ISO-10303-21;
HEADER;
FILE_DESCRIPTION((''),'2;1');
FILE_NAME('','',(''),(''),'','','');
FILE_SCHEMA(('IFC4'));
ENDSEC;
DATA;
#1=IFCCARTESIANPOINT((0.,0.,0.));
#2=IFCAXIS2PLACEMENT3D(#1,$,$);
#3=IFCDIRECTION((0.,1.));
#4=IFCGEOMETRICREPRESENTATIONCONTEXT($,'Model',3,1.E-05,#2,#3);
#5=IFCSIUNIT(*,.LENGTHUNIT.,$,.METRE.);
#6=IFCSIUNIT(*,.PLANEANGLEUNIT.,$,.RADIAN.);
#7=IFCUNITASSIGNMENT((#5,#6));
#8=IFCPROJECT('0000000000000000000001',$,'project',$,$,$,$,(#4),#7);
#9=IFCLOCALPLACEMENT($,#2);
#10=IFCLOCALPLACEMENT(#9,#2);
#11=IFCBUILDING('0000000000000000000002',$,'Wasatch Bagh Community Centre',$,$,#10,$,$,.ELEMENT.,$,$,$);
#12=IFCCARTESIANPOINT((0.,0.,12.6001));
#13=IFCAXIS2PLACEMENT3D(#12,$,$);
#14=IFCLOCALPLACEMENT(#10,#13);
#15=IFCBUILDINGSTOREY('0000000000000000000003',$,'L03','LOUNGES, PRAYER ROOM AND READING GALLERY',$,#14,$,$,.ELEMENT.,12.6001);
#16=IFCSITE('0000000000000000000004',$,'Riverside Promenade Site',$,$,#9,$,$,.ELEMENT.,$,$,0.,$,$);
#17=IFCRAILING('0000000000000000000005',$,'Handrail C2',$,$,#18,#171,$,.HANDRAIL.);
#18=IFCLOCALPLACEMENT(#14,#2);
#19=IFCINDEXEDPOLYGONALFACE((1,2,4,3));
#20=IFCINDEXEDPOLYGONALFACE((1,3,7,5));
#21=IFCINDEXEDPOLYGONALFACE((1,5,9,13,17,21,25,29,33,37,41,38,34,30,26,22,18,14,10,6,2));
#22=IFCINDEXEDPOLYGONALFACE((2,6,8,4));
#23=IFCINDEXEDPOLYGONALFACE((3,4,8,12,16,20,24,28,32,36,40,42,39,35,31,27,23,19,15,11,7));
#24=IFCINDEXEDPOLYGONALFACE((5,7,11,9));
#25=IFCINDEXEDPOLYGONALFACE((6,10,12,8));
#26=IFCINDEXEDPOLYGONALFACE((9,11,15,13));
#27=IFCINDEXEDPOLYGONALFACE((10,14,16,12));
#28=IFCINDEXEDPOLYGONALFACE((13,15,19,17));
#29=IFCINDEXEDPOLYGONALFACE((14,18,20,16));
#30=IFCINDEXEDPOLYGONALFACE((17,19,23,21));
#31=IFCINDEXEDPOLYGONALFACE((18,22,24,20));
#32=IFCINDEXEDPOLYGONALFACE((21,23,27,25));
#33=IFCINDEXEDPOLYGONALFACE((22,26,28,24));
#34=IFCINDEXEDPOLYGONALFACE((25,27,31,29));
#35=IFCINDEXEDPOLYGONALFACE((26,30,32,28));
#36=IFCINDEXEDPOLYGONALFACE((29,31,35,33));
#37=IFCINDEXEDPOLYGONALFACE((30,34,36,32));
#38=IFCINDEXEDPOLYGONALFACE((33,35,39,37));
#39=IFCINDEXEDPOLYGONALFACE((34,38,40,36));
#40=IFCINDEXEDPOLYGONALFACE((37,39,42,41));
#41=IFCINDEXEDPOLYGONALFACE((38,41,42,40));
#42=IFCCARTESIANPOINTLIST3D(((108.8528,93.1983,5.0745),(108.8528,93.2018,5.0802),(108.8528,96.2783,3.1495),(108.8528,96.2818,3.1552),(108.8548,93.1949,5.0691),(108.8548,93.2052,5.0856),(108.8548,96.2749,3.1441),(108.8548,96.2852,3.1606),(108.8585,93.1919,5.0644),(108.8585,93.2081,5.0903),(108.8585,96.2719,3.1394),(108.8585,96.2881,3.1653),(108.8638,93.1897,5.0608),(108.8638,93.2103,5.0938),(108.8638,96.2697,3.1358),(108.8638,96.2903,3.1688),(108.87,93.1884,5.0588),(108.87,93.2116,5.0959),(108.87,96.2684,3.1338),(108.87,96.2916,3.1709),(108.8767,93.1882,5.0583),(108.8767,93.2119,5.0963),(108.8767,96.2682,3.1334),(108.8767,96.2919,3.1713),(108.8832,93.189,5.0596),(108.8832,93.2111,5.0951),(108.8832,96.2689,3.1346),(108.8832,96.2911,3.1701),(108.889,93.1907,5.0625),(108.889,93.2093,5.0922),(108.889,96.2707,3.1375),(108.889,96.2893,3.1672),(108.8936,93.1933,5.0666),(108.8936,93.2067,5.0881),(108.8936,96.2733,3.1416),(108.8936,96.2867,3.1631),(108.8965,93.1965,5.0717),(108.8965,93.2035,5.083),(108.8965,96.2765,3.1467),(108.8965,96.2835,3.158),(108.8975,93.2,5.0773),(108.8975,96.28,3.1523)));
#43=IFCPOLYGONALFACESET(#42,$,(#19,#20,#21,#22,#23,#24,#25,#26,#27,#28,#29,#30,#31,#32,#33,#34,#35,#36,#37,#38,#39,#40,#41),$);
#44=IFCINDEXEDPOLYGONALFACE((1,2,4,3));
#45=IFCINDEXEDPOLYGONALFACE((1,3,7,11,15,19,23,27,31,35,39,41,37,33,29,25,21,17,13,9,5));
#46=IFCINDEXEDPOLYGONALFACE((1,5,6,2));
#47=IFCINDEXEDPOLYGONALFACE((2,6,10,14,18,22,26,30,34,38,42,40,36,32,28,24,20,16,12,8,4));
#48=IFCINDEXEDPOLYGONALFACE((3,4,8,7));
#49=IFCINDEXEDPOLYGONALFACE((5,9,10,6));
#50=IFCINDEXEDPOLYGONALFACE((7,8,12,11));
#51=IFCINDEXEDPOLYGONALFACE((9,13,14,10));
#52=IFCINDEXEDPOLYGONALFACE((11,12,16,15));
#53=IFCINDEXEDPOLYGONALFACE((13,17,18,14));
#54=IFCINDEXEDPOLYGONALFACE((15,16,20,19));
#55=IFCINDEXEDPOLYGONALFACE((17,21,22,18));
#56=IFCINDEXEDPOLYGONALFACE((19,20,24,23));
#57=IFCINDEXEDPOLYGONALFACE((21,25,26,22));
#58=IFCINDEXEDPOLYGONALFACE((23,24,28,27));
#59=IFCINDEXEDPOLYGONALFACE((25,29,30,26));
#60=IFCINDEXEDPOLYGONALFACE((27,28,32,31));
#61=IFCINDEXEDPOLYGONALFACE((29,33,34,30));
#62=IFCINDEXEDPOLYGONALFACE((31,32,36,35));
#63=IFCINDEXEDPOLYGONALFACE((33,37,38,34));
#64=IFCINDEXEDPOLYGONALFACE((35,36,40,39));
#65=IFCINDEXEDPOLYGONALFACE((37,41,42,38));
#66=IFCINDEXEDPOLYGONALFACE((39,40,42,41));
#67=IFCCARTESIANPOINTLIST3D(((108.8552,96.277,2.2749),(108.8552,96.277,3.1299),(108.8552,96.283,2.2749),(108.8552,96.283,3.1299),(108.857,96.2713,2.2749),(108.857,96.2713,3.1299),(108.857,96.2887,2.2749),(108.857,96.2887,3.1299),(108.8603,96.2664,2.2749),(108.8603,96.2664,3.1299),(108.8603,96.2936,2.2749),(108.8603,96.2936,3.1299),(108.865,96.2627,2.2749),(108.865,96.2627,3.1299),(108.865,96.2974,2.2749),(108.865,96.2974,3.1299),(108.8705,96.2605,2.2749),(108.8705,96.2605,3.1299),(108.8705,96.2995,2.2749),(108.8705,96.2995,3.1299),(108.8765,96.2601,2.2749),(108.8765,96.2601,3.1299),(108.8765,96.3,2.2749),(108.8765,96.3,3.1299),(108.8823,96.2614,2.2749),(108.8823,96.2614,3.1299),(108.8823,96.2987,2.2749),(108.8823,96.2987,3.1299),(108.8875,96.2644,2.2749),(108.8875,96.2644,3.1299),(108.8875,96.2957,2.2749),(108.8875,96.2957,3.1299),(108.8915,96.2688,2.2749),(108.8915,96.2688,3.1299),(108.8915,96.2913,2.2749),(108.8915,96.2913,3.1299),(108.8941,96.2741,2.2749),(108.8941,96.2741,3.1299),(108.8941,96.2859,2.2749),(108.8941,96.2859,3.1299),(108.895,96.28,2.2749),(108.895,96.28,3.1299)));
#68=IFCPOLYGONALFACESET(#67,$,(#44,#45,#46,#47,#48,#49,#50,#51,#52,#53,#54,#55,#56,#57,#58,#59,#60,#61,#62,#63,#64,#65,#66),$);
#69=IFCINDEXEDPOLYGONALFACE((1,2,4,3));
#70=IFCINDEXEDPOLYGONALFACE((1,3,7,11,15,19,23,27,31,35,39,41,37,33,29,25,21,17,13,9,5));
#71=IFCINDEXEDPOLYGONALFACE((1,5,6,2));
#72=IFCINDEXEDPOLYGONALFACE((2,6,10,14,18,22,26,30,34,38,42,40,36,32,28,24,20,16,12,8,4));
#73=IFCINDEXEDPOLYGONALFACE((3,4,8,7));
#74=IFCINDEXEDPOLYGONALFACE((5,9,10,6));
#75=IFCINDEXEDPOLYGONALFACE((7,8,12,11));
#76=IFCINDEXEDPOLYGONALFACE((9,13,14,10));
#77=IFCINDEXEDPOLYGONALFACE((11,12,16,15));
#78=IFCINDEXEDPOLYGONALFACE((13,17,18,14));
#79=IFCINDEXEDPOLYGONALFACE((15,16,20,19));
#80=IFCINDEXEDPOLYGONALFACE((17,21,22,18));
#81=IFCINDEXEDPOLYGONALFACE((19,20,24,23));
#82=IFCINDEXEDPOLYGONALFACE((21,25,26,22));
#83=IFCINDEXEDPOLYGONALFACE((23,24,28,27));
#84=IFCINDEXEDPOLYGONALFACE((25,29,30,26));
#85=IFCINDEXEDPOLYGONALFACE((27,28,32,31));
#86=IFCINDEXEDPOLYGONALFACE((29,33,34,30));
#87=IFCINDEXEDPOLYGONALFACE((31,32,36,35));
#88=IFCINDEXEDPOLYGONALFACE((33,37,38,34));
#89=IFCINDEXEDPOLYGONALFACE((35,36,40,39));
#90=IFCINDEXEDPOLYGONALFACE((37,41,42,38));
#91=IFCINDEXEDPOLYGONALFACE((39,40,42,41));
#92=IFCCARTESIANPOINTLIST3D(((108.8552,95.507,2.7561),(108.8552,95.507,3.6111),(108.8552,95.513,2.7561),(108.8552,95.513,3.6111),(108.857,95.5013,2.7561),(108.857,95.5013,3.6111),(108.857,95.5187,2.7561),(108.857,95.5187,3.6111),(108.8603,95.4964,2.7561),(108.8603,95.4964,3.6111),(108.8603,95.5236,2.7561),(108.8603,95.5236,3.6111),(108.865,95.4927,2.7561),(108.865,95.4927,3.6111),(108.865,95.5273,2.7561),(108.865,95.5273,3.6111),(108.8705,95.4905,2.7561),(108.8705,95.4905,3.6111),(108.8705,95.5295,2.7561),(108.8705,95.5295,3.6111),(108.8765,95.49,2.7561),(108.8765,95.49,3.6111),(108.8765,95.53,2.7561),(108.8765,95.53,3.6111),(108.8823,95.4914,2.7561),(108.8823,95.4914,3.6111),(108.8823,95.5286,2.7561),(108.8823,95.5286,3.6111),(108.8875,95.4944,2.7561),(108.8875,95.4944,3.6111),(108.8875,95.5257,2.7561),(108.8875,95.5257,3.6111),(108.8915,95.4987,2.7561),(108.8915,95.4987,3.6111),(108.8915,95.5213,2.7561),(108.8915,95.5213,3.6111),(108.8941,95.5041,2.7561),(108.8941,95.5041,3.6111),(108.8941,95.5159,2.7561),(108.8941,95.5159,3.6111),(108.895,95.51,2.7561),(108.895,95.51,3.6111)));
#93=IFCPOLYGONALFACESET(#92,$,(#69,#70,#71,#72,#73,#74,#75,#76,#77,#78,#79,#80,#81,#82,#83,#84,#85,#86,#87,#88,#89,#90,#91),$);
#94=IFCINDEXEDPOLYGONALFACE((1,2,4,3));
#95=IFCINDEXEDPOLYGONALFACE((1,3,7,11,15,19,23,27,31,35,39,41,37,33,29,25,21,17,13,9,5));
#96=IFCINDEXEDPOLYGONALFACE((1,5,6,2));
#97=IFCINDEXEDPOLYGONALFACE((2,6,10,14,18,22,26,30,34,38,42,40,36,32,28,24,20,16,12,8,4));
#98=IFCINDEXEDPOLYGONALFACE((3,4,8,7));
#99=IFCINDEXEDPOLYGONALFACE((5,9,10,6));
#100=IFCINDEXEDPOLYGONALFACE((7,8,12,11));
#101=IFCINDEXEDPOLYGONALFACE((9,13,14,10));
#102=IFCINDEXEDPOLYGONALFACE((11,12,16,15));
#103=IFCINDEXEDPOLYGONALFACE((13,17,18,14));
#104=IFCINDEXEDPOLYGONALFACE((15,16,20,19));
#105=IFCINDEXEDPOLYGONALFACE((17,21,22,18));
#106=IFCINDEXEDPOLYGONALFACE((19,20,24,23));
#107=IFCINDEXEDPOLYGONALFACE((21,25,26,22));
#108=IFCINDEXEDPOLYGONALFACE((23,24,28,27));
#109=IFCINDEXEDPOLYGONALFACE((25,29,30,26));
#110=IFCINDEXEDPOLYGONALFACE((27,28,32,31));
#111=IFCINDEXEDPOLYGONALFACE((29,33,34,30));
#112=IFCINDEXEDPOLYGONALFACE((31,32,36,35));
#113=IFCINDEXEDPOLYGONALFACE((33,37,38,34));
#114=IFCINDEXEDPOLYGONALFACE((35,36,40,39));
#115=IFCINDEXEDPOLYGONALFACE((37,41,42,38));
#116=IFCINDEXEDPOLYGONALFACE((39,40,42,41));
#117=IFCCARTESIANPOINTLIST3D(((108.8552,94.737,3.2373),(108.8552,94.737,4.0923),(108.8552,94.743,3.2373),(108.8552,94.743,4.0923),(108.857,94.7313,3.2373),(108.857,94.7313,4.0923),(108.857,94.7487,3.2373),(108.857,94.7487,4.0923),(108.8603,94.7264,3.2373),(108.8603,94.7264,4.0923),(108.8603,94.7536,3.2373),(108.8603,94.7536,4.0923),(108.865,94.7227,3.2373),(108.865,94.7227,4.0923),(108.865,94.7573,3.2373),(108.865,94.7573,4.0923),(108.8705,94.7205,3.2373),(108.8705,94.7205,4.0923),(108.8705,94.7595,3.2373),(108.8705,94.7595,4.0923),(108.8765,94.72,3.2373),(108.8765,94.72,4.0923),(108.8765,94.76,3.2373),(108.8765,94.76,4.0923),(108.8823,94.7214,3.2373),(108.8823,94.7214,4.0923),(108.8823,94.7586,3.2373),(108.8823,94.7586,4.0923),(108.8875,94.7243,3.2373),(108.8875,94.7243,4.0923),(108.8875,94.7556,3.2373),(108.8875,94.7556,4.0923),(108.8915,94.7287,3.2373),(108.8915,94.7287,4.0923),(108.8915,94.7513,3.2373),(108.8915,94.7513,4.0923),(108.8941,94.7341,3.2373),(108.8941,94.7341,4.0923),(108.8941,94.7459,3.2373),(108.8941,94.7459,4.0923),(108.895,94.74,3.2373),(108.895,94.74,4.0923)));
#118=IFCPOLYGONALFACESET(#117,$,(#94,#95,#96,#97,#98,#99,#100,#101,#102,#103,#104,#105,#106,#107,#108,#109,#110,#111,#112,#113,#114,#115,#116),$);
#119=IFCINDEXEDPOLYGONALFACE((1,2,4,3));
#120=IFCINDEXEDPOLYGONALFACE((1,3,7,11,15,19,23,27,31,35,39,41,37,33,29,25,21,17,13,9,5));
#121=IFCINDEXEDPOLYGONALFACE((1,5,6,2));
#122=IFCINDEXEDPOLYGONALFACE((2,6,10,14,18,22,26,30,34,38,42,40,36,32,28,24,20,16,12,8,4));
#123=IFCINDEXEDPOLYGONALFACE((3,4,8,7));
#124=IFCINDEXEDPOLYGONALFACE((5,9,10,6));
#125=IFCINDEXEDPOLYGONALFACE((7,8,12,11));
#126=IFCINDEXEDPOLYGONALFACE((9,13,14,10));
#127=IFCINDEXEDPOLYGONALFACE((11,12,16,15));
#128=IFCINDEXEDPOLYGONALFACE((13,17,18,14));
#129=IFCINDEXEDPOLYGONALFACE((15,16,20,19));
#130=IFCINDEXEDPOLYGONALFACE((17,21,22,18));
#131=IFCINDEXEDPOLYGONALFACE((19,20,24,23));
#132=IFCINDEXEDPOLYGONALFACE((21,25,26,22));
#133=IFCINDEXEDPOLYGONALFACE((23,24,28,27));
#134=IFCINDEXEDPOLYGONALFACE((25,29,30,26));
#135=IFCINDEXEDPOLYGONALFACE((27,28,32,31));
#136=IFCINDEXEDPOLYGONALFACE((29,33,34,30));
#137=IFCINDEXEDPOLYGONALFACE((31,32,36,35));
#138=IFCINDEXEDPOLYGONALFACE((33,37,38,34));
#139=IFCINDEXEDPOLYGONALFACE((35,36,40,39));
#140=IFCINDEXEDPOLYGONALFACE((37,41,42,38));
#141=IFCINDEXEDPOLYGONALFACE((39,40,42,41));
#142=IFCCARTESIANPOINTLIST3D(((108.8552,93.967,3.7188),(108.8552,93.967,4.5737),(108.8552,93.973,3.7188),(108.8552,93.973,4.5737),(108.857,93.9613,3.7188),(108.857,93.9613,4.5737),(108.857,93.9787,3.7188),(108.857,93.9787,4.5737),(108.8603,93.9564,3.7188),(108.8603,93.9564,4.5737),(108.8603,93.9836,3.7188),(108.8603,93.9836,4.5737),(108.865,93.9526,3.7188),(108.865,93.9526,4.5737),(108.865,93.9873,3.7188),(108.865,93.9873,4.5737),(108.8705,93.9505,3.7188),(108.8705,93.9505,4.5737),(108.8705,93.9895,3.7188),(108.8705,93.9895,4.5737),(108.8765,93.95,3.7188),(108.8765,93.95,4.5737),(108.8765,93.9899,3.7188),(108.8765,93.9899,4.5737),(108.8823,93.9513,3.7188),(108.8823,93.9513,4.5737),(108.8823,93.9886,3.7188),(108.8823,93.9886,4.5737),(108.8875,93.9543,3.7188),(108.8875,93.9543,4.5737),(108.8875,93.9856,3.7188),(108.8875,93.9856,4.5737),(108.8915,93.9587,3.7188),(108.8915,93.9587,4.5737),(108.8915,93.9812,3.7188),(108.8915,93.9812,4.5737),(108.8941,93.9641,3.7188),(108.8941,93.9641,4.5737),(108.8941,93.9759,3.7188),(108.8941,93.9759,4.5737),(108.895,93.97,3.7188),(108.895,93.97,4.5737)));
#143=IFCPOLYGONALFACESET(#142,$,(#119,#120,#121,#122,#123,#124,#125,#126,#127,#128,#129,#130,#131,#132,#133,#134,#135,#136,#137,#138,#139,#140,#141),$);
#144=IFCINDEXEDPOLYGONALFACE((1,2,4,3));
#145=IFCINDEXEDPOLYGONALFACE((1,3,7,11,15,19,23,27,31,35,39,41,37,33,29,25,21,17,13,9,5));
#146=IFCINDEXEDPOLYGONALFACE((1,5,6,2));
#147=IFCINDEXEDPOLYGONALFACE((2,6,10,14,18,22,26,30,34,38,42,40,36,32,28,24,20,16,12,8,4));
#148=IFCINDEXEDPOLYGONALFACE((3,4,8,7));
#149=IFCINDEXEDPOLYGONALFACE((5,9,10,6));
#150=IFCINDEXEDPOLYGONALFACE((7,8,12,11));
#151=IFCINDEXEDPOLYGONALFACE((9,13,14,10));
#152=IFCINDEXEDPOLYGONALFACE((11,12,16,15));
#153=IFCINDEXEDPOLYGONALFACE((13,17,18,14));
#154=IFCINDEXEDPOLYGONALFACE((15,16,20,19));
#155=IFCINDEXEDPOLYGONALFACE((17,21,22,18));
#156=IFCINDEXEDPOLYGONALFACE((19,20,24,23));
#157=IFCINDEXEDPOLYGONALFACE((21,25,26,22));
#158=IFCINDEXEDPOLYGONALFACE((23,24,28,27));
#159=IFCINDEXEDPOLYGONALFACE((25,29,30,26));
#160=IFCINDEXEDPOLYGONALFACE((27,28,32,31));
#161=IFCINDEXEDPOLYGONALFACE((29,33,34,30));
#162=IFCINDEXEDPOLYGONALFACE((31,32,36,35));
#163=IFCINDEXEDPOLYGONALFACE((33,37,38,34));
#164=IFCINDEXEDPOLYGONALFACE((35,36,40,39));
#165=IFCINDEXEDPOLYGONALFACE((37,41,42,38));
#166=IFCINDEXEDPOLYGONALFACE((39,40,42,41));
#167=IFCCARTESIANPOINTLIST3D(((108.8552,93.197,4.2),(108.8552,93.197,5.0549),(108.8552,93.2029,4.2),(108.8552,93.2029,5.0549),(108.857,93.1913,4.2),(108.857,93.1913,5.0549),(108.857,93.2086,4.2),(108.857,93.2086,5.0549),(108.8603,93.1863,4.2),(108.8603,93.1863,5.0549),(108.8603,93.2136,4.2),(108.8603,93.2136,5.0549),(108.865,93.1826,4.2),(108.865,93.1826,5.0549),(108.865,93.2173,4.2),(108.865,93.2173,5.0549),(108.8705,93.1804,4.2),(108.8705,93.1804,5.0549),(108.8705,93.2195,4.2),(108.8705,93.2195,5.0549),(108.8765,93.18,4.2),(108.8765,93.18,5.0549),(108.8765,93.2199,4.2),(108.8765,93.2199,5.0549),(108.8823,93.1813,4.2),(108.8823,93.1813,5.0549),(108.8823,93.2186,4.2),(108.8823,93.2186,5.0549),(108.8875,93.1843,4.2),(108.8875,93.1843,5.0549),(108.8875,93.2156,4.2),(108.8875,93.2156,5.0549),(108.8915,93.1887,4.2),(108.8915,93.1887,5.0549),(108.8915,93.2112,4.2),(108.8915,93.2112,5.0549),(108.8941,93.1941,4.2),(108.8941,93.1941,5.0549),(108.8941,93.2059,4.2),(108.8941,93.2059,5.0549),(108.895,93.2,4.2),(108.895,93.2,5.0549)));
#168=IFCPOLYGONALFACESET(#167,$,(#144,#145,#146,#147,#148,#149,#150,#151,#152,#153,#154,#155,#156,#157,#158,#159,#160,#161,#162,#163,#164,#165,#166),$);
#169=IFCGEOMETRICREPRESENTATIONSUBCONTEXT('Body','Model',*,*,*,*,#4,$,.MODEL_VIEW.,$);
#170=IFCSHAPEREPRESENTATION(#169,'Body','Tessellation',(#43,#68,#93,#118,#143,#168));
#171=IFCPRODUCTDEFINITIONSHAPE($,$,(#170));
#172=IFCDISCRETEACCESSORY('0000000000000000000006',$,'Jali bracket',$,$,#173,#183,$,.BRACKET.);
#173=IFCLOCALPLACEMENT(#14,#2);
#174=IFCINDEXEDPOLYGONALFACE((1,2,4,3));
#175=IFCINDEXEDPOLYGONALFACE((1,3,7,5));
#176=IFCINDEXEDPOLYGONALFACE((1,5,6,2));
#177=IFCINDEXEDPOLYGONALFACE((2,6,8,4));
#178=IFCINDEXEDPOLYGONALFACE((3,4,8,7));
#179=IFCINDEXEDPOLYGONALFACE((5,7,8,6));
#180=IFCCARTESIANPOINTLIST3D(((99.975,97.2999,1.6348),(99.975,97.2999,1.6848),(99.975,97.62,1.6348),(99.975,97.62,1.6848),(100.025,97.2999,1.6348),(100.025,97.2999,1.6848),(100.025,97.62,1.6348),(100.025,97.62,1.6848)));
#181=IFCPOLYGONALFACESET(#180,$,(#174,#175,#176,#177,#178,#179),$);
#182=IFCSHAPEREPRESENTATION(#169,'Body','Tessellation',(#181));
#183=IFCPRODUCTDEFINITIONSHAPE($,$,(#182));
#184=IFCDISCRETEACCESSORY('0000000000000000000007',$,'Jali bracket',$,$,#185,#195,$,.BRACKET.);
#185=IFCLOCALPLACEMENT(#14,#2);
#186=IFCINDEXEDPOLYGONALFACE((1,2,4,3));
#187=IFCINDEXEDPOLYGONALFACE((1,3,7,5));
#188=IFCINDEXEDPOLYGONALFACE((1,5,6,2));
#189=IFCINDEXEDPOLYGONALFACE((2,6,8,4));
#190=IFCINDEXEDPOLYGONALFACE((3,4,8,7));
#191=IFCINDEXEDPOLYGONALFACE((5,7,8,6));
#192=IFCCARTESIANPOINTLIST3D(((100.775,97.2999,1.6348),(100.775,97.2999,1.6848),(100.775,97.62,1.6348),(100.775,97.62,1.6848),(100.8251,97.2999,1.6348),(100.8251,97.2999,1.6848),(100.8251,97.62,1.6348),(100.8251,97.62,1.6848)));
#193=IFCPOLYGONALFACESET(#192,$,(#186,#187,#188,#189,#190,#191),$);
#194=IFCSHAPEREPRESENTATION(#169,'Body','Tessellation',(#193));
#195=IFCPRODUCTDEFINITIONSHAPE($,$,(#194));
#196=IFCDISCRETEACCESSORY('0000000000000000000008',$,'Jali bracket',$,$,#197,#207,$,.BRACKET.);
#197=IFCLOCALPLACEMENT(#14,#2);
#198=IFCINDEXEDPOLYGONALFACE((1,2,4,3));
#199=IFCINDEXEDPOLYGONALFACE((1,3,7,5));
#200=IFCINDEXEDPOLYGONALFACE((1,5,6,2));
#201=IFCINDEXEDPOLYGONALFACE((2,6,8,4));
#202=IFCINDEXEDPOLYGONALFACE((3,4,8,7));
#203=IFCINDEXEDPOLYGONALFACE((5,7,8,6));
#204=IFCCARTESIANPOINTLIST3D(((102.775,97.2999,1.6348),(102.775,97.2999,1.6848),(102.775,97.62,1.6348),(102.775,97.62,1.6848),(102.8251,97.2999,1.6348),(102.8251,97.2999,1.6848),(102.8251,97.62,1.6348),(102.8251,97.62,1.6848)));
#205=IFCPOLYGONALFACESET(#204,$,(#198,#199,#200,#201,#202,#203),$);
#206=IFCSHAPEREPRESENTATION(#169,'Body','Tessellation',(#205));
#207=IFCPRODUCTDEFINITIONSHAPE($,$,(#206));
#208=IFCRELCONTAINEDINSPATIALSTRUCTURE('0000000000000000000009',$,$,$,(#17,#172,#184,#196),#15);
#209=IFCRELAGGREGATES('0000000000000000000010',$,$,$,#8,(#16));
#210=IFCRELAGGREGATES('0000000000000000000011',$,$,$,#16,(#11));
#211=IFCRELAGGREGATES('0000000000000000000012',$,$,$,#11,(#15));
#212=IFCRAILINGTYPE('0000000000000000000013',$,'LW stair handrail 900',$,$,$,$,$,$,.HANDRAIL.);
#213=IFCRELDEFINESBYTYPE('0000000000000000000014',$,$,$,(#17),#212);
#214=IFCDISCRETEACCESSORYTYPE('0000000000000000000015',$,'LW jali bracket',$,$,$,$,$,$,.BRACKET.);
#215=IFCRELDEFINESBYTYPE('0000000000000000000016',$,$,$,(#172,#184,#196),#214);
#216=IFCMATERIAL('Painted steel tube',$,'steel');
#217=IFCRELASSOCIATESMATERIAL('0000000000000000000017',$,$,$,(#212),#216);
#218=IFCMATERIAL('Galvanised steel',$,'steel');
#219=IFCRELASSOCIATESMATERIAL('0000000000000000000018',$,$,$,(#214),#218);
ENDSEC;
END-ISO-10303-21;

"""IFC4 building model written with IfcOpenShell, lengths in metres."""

from ifc_helpers import new_model, si_unit, direction, frame, origin, origin_2d, place, context, subcontext, project, spatial, rectangle, circle, extrude, material, type_object, element, save


model = new_model("IFC4")

# Units and contexts
model_context = context("Model", 3, precision=1e-05, world=origin(), true_north=direction((0.0, 1.0)))
body_context = subcontext(model_context, "Body", "Model", "MODEL_VIEW")
ifc_project = project(units=[si_unit("LENGTHUNIT", "METRE"), si_unit("PLANEANGLEUNIT", "RADIAN")], contexts=[model_context])

# Site, building, storey
site_placement = place(None, origin())
site = spatial("IfcSite", under=ifc_project, at=site_placement, Name="Riverside Promenade Site", CompositionType="ELEMENT", RefElevation=0.0)
building_placement = place(site_placement, origin())
building = spatial("IfcBuilding", under=site, at=building_placement, Name="Wasatch Bagh Community Centre", CompositionType="ELEMENT")
storey_placement = place(building_placement, frame((0.0, 0.0, 12.6001)))
storey = spatial("IfcBuildingStorey", under=building, at=storey_placement, Name="L03", Description="LOUNGES, PRAYER ROOM AND READING GALLERY", CompositionType="ELEMENT", Elevation=12.6001)

# Railing
ifc_material_1 = material(Name="Painted steel tube", Category="steel")
railing_type_1 = type_object("IfcRailingType", Name="LW stair handrail 900", PredefinedType="HANDRAIL", material=ifc_material_1)
for number, where, name in (
    (1, (108.875, 96.28, 2.2749), "Handrail C2"),
):
    element("IfcRailing", number, at=place(storey_placement, frame(where)), inside=storey, type_object=railing_type_1, Name=name, PredefinedType="HANDRAIL", context=body_context, shape_type="SweptSolid", body=[
        extrude(circle(Radius=0.0225, at=origin_2d()), frame((0.0, 0.0, 0.8774), z_axis=(0.0, -0.847998, 0.529999), x_axis=(1.0, 0.0, 0.0)), (0.0, 0.0, 1.0), 3.6321),
        extrude(circle(Radius=0.02, at=origin_2d()), origin(), (0.0, 0.0, 1.0), 0.855),
        extrude(circle(Radius=0.02, at=origin_2d()), frame((0.0, -0.77, 0.4812)), (0.0, 0.0, 1.0), 0.855),
        extrude(circle(Radius=0.02, at=origin_2d()), frame((0.0, -1.54, 0.9624)), (0.0, 0.0, 1.0), 0.855),
        extrude(circle(Radius=0.02, at=origin_2d()), frame((0.0, -2.3101, 1.4438)), (0.0, 0.0, 1.0), 0.855),
        extrude(circle(Radius=0.02, at=origin_2d()), frame((0.0, -3.0801, 1.925)), (0.0, 0.0, 1.0), 0.855),
    ])

# Discrete accessories
ifc_material_2 = material(Name="Galvanised steel", Category="steel")
discrete_accessory_type = type_object("IfcDiscreteAccessoryType", Name="LW jali bracket", PredefinedType="BRACKET", material=ifc_material_2)
for number, where, z_axis, x_axis, name in (
    (2, (100.0, 97.46, 1.6348), (0.0, 0.0, 1.0), (1.0, 0.0, 0.0), "Jali bracket"),
    (3, (100.8, 97.46, 1.6348), (0.0, 0.0, 1.0), (1.0, 0.0, 0.0), "Jali bracket"),
    (4, (102.8, 97.46, 1.6348), (0.0, 0.0, 1.0), (1.0, 0.0, 0.0), "Jali bracket"),
):
    element("IfcDiscreteAccessory", number, at=place(storey_placement, frame(where, z_axis=z_axis, x_axis=x_axis)), inside=storey, type_object=discrete_accessory_type, Name=name, PredefinedType="BRACKET", context=body_context, shape_type="SweptSolid", body=[
        extrude(rectangle(XDim=0.05, YDim=0.3201, at=origin_2d()), origin(), (0.0, 0.0, 1.0), 0.05),
    ])

save(model, "model.ifc")
